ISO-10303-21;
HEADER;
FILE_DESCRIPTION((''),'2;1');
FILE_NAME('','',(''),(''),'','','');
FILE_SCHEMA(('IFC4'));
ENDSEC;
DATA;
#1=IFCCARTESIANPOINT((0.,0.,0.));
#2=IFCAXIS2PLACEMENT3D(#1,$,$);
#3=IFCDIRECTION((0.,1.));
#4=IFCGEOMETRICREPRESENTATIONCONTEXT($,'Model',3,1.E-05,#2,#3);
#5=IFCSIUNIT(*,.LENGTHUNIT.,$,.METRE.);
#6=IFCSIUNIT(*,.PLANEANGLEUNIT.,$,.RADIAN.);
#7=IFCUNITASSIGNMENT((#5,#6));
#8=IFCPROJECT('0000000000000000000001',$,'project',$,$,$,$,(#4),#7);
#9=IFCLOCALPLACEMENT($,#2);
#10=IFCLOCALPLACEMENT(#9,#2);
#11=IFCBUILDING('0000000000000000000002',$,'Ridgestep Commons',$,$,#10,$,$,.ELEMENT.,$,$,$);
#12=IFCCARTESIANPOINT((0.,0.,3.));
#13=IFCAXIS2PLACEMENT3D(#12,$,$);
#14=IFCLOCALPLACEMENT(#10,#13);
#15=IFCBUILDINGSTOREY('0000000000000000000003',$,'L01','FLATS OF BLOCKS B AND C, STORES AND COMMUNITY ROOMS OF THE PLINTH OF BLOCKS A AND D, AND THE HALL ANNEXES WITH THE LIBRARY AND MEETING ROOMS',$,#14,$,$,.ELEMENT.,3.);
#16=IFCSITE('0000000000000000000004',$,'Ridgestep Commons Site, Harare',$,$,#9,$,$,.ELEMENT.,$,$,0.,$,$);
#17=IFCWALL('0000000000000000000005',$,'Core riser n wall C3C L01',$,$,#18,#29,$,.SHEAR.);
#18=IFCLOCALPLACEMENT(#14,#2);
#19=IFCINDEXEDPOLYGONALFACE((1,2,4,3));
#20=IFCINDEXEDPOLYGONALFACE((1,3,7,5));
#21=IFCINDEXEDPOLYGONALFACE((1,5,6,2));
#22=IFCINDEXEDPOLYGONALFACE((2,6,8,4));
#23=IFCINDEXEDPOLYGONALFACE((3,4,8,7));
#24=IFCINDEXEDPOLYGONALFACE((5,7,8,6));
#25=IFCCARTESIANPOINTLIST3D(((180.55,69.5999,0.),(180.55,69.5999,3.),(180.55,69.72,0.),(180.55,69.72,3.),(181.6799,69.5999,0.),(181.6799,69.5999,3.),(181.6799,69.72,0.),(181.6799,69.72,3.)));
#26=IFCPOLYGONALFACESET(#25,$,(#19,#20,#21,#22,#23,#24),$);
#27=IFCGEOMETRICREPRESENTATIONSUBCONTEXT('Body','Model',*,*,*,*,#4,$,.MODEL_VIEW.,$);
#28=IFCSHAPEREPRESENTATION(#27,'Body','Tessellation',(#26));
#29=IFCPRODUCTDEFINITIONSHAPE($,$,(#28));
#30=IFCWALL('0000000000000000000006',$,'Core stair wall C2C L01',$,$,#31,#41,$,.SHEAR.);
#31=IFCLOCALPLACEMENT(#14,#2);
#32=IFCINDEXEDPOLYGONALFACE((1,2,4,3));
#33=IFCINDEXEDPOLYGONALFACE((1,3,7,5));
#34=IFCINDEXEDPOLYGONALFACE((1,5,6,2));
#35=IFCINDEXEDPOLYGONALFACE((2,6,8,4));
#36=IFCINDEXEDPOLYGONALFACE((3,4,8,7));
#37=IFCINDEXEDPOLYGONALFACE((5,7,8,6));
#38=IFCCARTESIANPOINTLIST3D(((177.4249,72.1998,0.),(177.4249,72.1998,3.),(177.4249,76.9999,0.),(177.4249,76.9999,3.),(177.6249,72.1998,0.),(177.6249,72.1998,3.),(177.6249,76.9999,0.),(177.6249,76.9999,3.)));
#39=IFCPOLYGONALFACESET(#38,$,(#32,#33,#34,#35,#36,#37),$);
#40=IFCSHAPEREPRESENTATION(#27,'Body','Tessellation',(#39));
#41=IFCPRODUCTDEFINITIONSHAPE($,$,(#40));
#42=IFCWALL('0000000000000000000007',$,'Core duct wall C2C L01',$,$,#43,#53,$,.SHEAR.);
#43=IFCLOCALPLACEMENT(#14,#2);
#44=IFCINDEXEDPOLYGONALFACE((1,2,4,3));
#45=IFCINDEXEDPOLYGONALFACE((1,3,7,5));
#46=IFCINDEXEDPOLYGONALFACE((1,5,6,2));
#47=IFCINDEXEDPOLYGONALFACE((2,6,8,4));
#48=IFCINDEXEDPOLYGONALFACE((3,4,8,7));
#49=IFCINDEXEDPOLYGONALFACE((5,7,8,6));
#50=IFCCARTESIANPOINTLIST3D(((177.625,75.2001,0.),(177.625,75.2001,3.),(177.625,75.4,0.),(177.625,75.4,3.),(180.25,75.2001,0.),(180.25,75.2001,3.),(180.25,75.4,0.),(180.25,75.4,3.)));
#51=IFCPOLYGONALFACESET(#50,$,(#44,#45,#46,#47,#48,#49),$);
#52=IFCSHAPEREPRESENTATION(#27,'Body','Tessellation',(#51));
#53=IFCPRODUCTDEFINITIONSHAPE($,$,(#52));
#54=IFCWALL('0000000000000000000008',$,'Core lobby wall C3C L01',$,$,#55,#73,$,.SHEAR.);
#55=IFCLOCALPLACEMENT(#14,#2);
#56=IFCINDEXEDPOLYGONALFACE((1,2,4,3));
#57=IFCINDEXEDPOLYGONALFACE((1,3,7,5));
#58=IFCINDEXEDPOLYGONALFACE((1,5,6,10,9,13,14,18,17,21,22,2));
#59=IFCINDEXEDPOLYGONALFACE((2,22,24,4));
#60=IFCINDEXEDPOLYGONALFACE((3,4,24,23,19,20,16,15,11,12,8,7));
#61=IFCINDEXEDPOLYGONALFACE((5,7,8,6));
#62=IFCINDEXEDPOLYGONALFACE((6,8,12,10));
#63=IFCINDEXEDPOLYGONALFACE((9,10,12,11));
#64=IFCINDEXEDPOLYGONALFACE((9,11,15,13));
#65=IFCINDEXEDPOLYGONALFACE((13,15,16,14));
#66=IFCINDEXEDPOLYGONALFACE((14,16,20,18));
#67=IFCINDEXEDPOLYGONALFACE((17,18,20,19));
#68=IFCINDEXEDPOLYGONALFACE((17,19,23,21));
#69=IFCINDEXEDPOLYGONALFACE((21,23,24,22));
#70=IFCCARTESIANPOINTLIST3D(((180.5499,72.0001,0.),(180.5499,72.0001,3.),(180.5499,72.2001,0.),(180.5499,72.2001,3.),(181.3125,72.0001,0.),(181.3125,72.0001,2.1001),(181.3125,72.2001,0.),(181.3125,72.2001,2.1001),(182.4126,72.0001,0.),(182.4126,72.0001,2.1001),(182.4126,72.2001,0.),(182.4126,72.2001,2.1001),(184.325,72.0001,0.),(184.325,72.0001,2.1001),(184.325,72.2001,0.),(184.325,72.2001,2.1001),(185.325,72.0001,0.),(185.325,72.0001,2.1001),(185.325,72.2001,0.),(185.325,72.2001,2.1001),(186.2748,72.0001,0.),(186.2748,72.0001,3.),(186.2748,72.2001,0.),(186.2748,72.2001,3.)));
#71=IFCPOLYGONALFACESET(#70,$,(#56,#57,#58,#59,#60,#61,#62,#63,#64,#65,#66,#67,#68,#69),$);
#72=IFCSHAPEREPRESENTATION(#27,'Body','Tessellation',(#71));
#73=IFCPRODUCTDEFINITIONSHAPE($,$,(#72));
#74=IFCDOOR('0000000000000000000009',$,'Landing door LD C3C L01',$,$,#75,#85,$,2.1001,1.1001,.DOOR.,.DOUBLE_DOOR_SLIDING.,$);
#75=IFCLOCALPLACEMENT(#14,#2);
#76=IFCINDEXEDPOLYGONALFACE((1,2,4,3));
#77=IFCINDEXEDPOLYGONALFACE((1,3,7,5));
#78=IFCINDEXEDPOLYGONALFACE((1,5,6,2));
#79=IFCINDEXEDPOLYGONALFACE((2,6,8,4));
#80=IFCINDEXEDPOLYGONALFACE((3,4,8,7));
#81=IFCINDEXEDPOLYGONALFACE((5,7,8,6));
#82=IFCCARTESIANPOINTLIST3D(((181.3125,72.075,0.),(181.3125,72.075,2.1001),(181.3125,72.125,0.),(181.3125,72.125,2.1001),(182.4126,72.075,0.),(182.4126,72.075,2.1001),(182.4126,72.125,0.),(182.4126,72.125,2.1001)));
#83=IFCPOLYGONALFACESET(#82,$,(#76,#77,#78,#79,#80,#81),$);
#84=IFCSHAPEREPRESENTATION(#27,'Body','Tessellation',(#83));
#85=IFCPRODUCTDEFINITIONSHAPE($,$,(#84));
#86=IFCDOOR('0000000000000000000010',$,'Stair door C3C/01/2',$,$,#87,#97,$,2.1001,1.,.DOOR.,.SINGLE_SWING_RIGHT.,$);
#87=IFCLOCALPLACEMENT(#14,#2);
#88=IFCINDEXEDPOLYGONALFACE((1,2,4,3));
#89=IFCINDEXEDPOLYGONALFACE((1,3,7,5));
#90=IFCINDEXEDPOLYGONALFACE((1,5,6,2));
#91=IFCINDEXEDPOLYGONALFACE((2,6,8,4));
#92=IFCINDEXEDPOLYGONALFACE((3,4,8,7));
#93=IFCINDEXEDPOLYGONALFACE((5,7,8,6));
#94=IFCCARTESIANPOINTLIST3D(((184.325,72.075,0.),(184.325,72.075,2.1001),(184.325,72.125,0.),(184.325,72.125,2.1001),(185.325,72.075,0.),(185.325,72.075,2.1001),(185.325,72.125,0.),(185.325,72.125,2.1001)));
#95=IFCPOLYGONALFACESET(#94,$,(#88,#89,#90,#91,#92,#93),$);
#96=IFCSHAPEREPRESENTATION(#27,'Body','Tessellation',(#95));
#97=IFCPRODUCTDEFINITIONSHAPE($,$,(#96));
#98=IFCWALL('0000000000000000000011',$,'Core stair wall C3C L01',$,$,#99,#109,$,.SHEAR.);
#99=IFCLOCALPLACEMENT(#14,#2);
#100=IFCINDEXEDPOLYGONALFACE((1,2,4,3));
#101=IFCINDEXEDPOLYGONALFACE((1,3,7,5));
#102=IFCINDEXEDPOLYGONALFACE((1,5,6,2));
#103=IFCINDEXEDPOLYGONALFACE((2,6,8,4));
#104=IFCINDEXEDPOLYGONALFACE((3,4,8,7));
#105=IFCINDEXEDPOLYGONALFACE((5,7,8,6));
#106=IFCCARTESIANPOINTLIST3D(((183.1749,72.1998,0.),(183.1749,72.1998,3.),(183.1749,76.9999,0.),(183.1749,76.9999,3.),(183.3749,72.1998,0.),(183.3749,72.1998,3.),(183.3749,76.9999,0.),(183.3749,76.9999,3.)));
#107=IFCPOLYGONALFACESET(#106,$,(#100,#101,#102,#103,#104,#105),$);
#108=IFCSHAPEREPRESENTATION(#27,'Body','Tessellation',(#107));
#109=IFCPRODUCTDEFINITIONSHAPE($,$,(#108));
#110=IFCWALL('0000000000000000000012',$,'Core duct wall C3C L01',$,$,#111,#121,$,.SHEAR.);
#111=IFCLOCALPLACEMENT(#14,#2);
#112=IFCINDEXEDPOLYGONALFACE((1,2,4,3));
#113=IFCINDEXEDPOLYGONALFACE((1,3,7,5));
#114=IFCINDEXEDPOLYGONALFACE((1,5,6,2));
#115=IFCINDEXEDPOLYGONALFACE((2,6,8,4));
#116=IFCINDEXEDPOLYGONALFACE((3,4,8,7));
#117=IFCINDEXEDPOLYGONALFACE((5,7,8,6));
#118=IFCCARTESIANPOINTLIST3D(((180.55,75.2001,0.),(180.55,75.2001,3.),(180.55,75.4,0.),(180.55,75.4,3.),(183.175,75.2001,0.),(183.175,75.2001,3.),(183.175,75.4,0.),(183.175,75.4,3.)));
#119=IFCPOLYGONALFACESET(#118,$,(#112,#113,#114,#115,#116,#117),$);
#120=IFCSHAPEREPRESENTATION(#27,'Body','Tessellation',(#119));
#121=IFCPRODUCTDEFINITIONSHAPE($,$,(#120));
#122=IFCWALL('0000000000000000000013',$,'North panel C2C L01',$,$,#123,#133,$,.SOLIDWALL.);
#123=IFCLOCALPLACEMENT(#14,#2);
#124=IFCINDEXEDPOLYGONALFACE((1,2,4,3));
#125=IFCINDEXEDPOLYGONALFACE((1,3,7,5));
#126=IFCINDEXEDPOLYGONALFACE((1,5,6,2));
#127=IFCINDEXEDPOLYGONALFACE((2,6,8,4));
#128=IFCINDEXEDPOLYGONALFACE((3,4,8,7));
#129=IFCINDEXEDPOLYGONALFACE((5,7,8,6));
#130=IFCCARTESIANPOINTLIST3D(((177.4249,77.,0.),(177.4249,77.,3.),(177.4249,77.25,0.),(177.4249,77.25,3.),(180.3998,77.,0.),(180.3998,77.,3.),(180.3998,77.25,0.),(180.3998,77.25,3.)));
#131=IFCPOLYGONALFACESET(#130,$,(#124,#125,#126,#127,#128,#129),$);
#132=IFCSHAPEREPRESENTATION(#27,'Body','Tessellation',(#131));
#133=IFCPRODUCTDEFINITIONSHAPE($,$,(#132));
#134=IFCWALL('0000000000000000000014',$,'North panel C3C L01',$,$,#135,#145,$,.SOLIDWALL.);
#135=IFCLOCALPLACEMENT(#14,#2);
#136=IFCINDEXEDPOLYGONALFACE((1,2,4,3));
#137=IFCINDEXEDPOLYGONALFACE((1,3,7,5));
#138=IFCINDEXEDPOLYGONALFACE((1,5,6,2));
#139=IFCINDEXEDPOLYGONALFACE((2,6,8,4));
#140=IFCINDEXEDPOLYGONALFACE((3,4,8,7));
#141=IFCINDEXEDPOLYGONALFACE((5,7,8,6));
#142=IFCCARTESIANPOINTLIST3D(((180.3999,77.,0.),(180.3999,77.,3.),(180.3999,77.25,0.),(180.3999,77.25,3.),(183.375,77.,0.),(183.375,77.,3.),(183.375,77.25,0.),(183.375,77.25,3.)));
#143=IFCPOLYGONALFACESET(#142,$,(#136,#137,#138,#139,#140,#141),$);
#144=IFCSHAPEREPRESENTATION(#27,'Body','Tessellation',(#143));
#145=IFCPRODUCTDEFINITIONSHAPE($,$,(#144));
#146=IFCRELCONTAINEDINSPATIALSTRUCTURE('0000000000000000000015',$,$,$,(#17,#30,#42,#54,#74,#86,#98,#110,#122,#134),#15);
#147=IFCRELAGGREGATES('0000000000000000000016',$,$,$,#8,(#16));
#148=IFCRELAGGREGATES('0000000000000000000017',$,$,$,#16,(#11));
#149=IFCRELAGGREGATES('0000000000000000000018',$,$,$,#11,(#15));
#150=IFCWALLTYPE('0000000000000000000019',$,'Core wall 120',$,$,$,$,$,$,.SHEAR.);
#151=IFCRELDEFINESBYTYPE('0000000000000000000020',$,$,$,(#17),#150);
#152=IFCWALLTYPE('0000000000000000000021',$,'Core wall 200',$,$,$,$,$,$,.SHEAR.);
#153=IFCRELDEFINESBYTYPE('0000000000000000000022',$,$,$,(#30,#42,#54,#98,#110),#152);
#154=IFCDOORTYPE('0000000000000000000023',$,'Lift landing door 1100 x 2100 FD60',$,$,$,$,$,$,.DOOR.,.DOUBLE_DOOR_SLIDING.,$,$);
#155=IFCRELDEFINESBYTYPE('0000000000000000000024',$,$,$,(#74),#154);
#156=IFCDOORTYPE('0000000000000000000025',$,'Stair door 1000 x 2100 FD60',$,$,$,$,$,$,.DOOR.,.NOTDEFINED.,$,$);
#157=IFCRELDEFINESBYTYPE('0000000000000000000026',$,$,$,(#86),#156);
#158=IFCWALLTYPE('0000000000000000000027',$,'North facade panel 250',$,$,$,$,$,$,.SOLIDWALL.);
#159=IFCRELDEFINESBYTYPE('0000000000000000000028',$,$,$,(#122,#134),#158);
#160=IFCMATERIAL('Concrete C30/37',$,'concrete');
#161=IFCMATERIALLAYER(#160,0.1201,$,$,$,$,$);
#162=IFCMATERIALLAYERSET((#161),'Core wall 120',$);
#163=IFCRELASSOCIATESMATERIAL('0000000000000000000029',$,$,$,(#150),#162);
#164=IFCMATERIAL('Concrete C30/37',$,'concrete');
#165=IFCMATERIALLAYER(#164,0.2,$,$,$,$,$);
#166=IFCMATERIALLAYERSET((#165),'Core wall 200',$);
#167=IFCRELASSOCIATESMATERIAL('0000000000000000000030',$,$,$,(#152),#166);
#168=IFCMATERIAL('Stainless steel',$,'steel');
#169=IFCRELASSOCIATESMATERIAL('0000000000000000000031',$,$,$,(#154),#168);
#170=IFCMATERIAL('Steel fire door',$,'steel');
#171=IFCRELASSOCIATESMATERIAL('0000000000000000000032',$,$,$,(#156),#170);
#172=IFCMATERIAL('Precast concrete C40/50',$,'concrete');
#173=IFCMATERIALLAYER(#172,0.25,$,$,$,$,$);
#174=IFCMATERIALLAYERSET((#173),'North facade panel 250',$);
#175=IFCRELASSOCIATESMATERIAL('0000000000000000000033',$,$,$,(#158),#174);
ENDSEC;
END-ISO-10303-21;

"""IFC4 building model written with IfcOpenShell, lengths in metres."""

from ifc_helpers import new_model, si_unit, direction, frame, frame_2d, origin, place, context, subcontext, project, spatial, rectangle, extrude, material, layer, layer_set, type_object, element, fill, save


model = new_model("IFC4")

# Units and contexts
model_context = context("Model", 3, precision=1e-05, world=origin(), true_north=direction((0.0, 1.0)))
body_context = subcontext(model_context, "Body", "Model", "MODEL_VIEW")
ifc_project = project(units=[si_unit("LENGTHUNIT", "METRE"), si_unit("PLANEANGLEUNIT", "RADIAN")], contexts=[model_context])

# Site, building, storey
site_placement = place(None, origin())
site = spatial("IfcSite", under=ifc_project, at=site_placement, Name="Ridgestep Commons Site, Harare", CompositionType="ELEMENT", RefElevation=0.0)
building_placement = place(site_placement, origin())
building = spatial("IfcBuilding", under=site, at=building_placement, Name="Ridgestep Commons", CompositionType="ELEMENT")
storey_placement = place(building_placement, frame((0.0, 0.0, 3.0)))
storey = spatial("IfcBuildingStorey", under=building, at=storey_placement, Name="L01", Description="FLATS OF BLOCKS B AND C, STORES AND COMMUNITY ROOMS OF THE PLINTH OF BLOCKS A AND D, AND THE HALL ANNEXES WITH THE LIBRARY AND MEETING ROOMS", CompositionType="ELEMENT", Elevation=3.0)

# Shared definitions
ifc_material_1 = material(Name="Concrete C30/37", Category="concrete")
ifc_layer_1 = layer(ifc_material_1, 0.1201)
ifc_layer_set_1 = layer_set([ifc_layer_1], Name="Core wall 120")
wall_type_1 = type_object("IfcWallType", Name="Core wall 120", PredefinedType="SHEAR", material=ifc_layer_set_1)

# Walls
wall_1_placement = place(storey_placement, frame((180.55, 69.6599, 0.0), z_axis=(0.0, 0.0, 1.0), x_axis=(1.0, 0.0, 0.0)))
element("IfcWall", 1, at=wall_1_placement, inside=storey, type_object=wall_type_1, Name="Core riser n wall C3C L01", PredefinedType="SHEAR", context=body_context, shape_type="SweptSolid", body=[
    extrude(rectangle(XDim=1.1299, YDim=0.1201, at=frame_2d((0.5649, 0.0))), origin(), (0.0, 0.0, 1.0), 3.0),
])
ifc_material_2 = material(Name="Concrete C30/37", Category="concrete")
ifc_layer_2 = layer(ifc_material_2, 0.2)
ifc_layer_set_2 = layer_set([ifc_layer_2], Name="Core wall 200")
wall_type_2 = type_object("IfcWallType", Name="Core wall 200", PredefinedType="SHEAR", material=ifc_layer_set_2)
wall_2_placement = place(storey_placement, frame((177.5249, 72.2, 0.0), z_axis=(0.0, 0.0, 1.0), x_axis=(0.0, 1.0, 0.0)))
element("IfcWall", 2, at=wall_2_placement, inside=storey, type_object=wall_type_2, Name="Core stair wall C2C L01", PredefinedType="SHEAR", context=body_context, shape_type="SweptSolid", body=[
    extrude(rectangle(XDim=4.8, YDim=0.2, at=frame_2d((2.3999, 0.0))), origin(), (0.0, 0.0, 1.0), 3.0),
])
wall_3_placement = place(storey_placement, frame((177.625, 75.3, 0.0), z_axis=(0.0, 0.0, 1.0), x_axis=(1.0, 0.0, 0.0)))
element("IfcWall", 3, at=wall_3_placement, inside=storey, type_object=wall_type_2, Name="Core duct wall C2C L01", PredefinedType="SHEAR", context=body_context, shape_type="SweptSolid", body=[
    extrude(rectangle(XDim=2.625, YDim=0.2, at=frame_2d((1.3125, 0.0))), origin(), (0.0, 0.0, 1.0), 3.0),
])

# Wall, openings, doors
wall_4_placement = place(storey_placement, frame((180.55, 72.1001, 0.0), z_axis=(0.0, 0.0, 1.0), x_axis=(1.0, 0.0, 0.0)))
wall_4 = element("IfcWall", 4, at=wall_4_placement, inside=storey, type_object=wall_type_2, Name="Core lobby wall C3C L01", PredefinedType="SHEAR", context=body_context, shape_type="SweptSolid", body=[
    extrude(rectangle(XDim=5.7249, YDim=0.2, at=frame_2d((2.8623, 0.0))), origin(), (0.0, 0.0, 1.0), 3.0),
])
opening_1_placement = place(wall_4_placement, frame((3.7749, 0.0, 0.0)))
opening_1 = element("IfcOpeningElement", 5, at=opening_1_placement, cuts=wall_4, PredefinedType="OPENING", context=body_context, shape_type="SweptSolid", body=[
    extrude(rectangle(XDim=1.0, YDim=2.1001, at=frame_2d((0.5, 1.05))), frame((0.0, 0.1099, 0.0), z_axis=(0.0, -1.0, 0.0), x_axis=(1.0, 0.0, 0.0)), (0.0, 0.0, 1.0), 0.22),
])
opening_2_placement = place(wall_4_placement, frame((0.7625, 0.0, 0.0)))
opening_2 = element("IfcOpeningElement", 6, at=opening_2_placement, cuts=wall_4, PredefinedType="OPENING", context=body_context, shape_type="SweptSolid", body=[
    extrude(rectangle(XDim=1.1001, YDim=2.1001, at=frame_2d((0.55, 1.05))), frame((0.0, 0.1099, 0.0), z_axis=(0.0, -1.0, 0.0), x_axis=(1.0, 0.0, 0.0)), (0.0, 0.0, 1.0), 0.22),
])
ifc_material_3 = material(Name="Stainless steel", Category="steel")
door_type_1 = type_object("IfcDoorType", Name="Lift landing door 1100 x 2100 FD60", OperationType="DOUBLE_DOOR_SLIDING", PredefinedType="DOOR", material=ifc_material_3)
door_1_placement = place(opening_2_placement, origin())
door_1 = element("IfcDoor", 7, at=door_1_placement, inside=storey, type_object=door_type_1, Name="Landing door LD C3C L01", OperationType="DOUBLE_DOOR_SLIDING", OverallHeight=2.1001, OverallWidth=1.1001, PredefinedType="DOOR", context=body_context, shape_type="SweptSolid", body=[
    extrude(rectangle(XDim=1.1001, YDim=2.1001, at=frame_2d((0.55, 1.05))), frame((0.0, 0.0249, 0.0), z_axis=(0.0, -1.0, 0.0), x_axis=(1.0, 0.0, 0.0)), (0.0, 0.0, 1.0), 0.05),
])
fill(opening_2, door_1)
ifc_material_4 = material(Name="Steel fire door", Category="steel")
door_type_2 = type_object("IfcDoorType", Name="Stair door 1000 x 2100 FD60", OperationType="NOTDEFINED", PredefinedType="DOOR", material=ifc_material_4)
door_2_placement = place(opening_1_placement, origin())
door_2 = element("IfcDoor", 8, at=door_2_placement, inside=storey, type_object=door_type_2, Name="Stair door C3C/01/2", OperationType="SINGLE_SWING_RIGHT", OverallHeight=2.1001, OverallWidth=1.0, PredefinedType="DOOR", context=body_context, shape_type="SweptSolid", body=[
    extrude(rectangle(XDim=1.0, YDim=2.1001, at=frame_2d((0.5, 1.05))), frame((0.0, 0.0249, 0.0), z_axis=(0.0, -1.0, 0.0), x_axis=(1.0, 0.0, 0.0)), (0.0, 0.0, 1.0), 0.05),
])
fill(opening_1, door_2)

# Walls
wall_5_placement = place(storey_placement, frame((183.2749, 72.2, 0.0), z_axis=(0.0, 0.0, 1.0), x_axis=(0.0, 1.0, 0.0)))
element("IfcWall", 9, at=wall_5_placement, inside=storey, type_object=wall_type_2, Name="Core stair wall C3C L01", PredefinedType="SHEAR", context=body_context, shape_type="SweptSolid", body=[
    extrude(rectangle(XDim=4.8, YDim=0.2, at=frame_2d((2.3999, 0.0))), origin(), (0.0, 0.0, 1.0), 3.0),
])
wall_6_placement = place(storey_placement, frame((180.55, 75.3, 0.0), z_axis=(0.0, 0.0, 1.0), x_axis=(1.0, 0.0, 0.0)))
element("IfcWall", 10, at=wall_6_placement, inside=storey, type_object=wall_type_2, Name="Core duct wall C3C L01", PredefinedType="SHEAR", context=body_context, shape_type="SweptSolid", body=[
    extrude(rectangle(XDim=2.625, YDim=0.2, at=frame_2d((1.3125, 0.0))), origin(), (0.0, 0.0, 1.0), 3.0),
])
ifc_material_5 = material(Name="Precast concrete C40/50", Category="concrete")
ifc_layer_3 = layer(ifc_material_5, 0.25)
ifc_layer_set_3 = layer_set([ifc_layer_3], Name="North facade panel 250")
wall_type_3 = type_object("IfcWallType", Name="North facade panel 250", PredefinedType="SOLIDWALL", material=ifc_layer_set_3)
wall_7_placement = place(storey_placement, frame((177.425, 77.125, 0.0), z_axis=(0.0, 0.0, 1.0), x_axis=(1.0, 0.0, 0.0)))
element("IfcWall", 11, at=wall_7_placement, inside=storey, type_object=wall_type_3, Name="North panel C2C L01", PredefinedType="SOLIDWALL", context=body_context, shape_type="SweptSolid", body=[
    extrude(rectangle(XDim=2.9749, YDim=0.25, at=frame_2d((1.4873, 0.0))), origin(), (0.0, 0.0, 1.0), 3.0),
])
wall_8_placement = place(storey_placement, frame((180.3999, 77.125, 0.0), z_axis=(0.0, 0.0, 1.0), x_axis=(1.0, 0.0, 0.0)))
element("IfcWall", 12, at=wall_8_placement, inside=storey, type_object=wall_type_3, Name="North panel C3C L01", PredefinedType="SOLIDWALL", context=body_context, shape_type="SweptSolid", body=[
    extrude(rectangle(XDim=2.9751, YDim=0.25, at=frame_2d((1.4875, 0.0))), origin(), (0.0, 0.0, 1.0), 3.0),
])

save(model, "model.ifc")
